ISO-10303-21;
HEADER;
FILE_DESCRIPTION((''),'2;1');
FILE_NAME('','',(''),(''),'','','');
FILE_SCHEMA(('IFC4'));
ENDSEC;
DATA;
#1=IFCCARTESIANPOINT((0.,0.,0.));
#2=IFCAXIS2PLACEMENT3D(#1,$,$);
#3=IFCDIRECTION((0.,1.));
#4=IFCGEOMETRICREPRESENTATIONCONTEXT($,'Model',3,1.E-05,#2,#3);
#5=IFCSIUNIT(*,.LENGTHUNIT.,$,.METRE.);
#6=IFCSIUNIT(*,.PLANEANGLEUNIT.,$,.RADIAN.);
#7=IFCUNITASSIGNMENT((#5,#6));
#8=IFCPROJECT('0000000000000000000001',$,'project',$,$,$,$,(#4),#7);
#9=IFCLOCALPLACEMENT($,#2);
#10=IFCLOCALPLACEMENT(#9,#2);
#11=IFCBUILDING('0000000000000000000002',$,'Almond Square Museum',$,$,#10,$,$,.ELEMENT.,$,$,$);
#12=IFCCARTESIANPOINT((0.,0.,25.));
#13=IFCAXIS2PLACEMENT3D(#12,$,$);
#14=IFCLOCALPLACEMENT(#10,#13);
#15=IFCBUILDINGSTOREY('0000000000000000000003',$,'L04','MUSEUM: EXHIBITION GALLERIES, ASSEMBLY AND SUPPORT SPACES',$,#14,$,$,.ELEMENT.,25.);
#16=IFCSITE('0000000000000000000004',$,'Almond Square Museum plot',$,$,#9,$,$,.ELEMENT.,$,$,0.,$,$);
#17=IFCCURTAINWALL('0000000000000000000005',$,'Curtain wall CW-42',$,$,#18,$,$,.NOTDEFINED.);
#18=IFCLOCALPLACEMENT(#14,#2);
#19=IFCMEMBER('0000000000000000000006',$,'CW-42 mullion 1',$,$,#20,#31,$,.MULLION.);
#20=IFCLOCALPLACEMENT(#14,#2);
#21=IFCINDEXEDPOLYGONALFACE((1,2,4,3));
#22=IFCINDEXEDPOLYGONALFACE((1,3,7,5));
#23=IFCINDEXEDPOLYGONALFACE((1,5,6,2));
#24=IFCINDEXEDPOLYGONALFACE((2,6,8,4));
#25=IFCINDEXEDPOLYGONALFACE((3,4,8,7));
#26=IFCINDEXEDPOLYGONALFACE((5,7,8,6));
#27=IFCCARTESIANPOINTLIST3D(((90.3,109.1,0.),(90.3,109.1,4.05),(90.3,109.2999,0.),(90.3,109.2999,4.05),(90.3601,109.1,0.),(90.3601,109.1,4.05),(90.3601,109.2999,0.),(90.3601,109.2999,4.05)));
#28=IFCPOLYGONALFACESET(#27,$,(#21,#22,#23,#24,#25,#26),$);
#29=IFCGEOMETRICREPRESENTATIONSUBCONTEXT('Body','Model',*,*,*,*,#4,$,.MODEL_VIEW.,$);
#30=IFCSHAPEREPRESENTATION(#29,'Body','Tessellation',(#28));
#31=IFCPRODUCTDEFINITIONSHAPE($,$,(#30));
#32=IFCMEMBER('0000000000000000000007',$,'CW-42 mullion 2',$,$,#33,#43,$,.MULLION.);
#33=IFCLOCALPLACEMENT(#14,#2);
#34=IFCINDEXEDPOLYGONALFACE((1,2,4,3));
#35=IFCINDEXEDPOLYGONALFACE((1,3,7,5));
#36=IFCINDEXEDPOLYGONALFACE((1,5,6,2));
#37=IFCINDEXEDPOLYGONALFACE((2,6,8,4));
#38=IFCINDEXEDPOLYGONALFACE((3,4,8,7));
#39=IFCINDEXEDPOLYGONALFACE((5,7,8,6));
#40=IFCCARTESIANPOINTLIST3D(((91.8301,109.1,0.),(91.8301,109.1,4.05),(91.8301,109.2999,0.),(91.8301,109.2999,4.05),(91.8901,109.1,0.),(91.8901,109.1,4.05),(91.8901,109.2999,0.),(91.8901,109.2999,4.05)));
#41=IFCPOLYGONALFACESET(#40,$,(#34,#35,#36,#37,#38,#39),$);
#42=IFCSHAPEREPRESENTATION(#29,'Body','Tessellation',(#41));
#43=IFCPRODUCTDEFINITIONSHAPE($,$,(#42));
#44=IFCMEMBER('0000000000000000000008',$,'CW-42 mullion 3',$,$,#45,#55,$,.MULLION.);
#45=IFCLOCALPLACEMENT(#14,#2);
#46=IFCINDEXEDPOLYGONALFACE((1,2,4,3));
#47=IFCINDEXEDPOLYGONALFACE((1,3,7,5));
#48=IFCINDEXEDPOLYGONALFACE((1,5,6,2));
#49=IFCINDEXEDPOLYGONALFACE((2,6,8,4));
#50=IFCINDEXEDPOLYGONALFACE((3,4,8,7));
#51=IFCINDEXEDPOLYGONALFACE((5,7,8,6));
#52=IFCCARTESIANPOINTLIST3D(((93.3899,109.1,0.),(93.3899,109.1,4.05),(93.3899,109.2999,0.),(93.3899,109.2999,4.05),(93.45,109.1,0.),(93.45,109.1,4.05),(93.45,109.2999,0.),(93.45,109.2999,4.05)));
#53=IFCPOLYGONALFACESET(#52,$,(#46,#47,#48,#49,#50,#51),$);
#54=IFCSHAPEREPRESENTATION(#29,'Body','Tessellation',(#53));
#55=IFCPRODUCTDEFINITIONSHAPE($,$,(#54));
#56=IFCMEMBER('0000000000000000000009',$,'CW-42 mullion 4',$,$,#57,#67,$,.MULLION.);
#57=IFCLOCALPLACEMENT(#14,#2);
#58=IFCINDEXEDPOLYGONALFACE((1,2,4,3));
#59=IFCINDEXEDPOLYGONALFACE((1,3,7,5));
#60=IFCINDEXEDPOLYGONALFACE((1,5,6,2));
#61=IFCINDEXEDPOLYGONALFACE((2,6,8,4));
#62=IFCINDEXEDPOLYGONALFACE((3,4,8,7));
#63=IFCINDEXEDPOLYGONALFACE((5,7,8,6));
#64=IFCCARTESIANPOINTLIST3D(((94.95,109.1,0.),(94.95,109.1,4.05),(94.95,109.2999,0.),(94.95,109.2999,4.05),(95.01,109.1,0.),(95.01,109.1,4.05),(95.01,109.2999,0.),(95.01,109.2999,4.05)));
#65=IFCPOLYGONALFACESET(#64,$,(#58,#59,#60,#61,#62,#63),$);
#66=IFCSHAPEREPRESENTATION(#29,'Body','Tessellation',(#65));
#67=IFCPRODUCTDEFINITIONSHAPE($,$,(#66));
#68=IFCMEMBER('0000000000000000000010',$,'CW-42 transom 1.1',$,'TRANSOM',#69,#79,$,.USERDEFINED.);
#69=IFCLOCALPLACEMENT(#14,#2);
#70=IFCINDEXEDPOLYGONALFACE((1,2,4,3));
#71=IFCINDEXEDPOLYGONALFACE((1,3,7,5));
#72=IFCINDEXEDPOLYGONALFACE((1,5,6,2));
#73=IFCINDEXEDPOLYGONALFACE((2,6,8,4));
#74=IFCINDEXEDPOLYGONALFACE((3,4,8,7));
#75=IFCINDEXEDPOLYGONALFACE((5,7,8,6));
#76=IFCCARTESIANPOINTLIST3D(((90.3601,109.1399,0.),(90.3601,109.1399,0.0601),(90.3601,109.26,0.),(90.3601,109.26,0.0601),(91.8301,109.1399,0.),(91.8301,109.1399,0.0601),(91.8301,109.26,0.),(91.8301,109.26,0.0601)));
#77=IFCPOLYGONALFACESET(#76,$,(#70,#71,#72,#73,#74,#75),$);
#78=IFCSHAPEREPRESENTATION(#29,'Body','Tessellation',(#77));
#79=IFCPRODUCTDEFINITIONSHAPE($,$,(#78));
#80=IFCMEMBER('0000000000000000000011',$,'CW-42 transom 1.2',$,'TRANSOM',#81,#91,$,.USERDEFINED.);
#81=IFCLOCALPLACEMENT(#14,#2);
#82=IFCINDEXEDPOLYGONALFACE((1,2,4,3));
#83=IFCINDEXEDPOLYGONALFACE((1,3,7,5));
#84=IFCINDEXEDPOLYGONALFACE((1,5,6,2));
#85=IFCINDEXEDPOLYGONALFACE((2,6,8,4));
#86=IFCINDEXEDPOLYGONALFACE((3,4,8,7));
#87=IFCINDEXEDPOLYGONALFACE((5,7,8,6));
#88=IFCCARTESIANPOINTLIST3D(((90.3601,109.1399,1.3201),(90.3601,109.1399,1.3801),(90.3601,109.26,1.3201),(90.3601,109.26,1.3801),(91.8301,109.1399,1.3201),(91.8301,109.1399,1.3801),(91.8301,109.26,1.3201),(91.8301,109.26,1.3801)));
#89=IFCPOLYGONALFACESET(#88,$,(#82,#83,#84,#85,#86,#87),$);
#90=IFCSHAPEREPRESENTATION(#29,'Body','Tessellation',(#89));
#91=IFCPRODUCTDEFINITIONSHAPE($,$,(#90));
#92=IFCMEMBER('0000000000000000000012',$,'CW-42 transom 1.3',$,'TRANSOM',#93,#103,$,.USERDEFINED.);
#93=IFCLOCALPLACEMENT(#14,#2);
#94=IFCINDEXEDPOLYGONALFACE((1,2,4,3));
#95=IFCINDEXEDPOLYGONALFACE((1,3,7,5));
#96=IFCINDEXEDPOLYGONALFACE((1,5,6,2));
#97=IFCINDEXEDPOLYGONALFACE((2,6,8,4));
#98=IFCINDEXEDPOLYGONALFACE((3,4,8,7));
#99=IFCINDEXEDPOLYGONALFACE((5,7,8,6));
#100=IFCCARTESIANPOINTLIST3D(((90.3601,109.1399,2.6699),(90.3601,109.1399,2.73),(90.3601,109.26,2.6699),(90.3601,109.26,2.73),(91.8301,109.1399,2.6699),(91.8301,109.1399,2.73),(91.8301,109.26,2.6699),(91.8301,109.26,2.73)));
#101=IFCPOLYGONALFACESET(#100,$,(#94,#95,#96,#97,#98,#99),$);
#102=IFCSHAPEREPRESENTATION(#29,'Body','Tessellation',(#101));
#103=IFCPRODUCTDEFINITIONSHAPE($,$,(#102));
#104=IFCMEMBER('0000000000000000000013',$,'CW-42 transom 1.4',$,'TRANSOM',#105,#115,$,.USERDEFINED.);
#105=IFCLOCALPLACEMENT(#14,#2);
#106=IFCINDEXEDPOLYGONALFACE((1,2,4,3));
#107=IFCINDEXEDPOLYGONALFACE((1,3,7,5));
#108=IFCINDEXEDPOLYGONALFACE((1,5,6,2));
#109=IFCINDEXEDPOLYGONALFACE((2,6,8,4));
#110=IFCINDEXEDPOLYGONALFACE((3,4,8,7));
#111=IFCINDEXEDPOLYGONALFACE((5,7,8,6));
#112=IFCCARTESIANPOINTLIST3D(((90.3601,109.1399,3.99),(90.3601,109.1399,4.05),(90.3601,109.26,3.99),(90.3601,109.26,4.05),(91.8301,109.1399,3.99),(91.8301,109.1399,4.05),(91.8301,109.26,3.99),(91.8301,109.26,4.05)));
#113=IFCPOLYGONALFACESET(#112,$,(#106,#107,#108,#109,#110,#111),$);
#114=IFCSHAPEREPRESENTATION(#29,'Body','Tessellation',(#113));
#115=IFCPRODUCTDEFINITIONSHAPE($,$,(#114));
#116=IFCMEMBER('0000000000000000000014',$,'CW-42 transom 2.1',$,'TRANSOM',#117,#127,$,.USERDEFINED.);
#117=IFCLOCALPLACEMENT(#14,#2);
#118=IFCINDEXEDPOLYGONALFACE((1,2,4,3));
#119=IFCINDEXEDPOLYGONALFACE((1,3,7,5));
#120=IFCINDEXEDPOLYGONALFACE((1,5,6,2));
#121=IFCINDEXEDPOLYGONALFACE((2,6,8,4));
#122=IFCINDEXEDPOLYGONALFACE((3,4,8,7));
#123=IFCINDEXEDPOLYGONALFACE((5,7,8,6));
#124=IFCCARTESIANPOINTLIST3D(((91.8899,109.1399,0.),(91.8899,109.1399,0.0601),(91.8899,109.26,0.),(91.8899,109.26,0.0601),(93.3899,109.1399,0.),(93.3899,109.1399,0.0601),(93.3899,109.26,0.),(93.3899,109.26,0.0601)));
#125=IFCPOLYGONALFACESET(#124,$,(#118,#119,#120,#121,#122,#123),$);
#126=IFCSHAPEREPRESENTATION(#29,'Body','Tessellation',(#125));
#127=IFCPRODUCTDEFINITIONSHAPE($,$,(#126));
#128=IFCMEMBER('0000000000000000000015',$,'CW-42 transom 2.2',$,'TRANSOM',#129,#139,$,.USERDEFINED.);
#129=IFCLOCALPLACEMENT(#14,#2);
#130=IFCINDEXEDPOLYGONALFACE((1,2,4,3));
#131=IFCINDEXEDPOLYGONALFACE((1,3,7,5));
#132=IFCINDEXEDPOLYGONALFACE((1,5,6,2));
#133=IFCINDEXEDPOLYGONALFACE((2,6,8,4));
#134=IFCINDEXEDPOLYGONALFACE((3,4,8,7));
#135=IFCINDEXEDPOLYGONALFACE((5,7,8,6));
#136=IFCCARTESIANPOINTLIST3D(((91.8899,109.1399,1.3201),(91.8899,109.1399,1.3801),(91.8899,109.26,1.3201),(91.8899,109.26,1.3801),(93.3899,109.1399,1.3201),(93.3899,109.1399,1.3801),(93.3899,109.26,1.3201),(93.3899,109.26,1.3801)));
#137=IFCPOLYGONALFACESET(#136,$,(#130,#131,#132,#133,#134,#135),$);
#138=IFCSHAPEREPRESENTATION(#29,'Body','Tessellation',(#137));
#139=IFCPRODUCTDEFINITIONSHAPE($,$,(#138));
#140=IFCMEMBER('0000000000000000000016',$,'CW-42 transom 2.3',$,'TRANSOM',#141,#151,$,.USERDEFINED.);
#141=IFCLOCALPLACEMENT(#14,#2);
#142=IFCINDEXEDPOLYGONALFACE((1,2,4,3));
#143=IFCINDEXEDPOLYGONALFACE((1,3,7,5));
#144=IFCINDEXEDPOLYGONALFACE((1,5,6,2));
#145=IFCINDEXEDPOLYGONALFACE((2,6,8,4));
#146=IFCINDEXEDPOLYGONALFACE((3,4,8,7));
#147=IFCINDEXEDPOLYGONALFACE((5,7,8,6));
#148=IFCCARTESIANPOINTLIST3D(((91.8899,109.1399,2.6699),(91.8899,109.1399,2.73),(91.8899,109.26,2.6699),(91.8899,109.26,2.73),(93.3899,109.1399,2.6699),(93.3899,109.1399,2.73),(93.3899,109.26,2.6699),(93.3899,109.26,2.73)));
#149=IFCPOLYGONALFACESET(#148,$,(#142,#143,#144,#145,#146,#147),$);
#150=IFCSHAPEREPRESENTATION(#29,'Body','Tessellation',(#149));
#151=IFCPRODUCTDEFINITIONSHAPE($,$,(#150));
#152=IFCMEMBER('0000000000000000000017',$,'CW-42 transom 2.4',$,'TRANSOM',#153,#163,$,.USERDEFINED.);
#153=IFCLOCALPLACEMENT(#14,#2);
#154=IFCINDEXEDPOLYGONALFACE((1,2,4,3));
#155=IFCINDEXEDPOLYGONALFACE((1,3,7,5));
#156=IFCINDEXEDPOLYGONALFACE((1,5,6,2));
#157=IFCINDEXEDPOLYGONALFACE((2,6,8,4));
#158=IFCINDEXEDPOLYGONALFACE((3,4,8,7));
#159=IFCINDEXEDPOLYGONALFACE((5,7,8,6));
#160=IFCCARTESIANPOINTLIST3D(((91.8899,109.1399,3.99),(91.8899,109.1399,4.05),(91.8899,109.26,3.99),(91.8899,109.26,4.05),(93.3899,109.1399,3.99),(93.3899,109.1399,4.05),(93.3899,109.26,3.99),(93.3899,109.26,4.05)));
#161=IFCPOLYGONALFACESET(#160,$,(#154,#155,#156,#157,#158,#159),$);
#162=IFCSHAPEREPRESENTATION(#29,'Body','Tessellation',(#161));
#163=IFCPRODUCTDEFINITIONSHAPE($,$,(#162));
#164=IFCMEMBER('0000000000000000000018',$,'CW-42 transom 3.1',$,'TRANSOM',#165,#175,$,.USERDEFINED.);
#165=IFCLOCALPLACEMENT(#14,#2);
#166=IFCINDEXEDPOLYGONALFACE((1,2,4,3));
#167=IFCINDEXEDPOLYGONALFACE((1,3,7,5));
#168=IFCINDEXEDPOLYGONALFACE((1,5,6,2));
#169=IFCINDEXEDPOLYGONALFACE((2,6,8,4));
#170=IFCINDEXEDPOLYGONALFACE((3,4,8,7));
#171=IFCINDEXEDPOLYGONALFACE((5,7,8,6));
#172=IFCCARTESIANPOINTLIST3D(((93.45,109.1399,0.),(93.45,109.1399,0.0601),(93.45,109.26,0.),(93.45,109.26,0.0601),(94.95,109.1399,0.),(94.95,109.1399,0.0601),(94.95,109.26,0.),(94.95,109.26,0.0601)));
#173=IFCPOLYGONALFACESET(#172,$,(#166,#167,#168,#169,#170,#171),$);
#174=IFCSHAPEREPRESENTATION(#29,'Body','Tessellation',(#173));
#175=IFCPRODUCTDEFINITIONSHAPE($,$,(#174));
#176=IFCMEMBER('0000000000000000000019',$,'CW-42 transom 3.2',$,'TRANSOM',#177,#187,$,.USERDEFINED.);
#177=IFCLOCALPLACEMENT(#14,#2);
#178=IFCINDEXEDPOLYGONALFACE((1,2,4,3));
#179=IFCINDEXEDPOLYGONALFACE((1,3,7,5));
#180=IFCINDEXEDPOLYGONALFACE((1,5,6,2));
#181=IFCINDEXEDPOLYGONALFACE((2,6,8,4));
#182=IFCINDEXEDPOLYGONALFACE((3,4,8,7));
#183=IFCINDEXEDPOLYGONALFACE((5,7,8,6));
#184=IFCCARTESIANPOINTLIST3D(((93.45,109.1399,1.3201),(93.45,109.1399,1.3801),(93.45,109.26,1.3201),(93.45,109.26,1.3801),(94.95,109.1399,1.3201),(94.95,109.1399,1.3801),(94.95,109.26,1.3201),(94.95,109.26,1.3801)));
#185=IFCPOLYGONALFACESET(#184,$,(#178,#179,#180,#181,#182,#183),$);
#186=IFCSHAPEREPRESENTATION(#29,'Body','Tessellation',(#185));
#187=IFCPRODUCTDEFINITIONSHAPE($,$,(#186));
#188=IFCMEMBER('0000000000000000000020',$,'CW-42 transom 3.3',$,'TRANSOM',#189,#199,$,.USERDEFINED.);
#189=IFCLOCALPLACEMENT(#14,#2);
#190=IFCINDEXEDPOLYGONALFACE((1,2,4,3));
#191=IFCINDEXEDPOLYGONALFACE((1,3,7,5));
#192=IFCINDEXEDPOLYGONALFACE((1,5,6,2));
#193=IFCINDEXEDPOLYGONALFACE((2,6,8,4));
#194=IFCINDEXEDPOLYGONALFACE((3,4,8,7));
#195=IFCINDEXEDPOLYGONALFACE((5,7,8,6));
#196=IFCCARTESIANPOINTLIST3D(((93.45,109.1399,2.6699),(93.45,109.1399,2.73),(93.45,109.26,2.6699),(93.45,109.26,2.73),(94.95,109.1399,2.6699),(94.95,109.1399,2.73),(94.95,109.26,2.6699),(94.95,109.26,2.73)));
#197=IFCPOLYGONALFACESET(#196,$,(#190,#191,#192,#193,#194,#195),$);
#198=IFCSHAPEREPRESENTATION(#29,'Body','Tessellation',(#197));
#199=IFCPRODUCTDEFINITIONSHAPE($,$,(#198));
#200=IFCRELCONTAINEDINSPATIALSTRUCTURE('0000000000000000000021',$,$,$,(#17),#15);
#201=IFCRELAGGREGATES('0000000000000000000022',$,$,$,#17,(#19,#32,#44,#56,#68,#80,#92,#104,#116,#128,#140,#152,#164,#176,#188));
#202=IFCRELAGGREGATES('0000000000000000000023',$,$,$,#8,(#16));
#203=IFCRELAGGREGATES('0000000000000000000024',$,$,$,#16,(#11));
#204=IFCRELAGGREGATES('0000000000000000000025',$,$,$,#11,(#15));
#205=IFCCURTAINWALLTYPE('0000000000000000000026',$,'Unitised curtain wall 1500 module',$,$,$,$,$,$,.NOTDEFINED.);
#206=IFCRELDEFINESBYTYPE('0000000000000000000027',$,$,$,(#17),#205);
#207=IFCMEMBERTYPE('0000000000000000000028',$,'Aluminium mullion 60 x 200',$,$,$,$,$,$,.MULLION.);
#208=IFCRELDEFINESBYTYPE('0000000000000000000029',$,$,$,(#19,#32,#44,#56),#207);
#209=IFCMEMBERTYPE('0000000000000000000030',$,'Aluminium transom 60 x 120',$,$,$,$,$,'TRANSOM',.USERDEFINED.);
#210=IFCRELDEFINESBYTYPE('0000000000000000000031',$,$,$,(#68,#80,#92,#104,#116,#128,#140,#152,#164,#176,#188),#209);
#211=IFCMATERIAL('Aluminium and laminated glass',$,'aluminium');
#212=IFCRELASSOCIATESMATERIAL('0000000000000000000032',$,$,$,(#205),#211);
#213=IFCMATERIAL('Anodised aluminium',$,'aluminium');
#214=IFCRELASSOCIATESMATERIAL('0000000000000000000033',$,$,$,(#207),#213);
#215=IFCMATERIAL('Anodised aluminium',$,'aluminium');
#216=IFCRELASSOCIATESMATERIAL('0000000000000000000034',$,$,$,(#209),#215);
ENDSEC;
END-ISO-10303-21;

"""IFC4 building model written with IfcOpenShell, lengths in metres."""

from ifc_helpers import new_model, si_unit, direction, frame, origin, origin_2d, place, context, subcontext, project, spatial, rectangle, extrude, material, material_profile, profile_set, type_object, element, aggregate, save


model = new_model("IFC4")

# Units and contexts
model_context = context("Model", 3, precision=1e-05, world=origin(), true_north=direction((0.0, 1.0)))
body_context = subcontext(model_context, "Body", "Model", "MODEL_VIEW")
ifc_project = project(units=[si_unit("LENGTHUNIT", "METRE"), si_unit("PLANEANGLEUNIT", "RADIAN")], contexts=[model_context])

# Site, building, storey
site_placement = place(None, origin())
site = spatial("IfcSite", under=ifc_project, at=site_placement, Name="Almond Square Museum plot", CompositionType="ELEMENT", RefElevation=0.0)
building_placement = place(site_placement, origin())
building = spatial("IfcBuilding", under=site, at=building_placement, Name="Almond Square Museum", CompositionType="ELEMENT")
storey_placement = place(building_placement, frame((0.0, 0.0, 25.0)))
storey = spatial("IfcBuildingStorey", under=building, at=storey_placement, Name="L04", Description="MUSEUM: EXHIBITION GALLERIES, ASSEMBLY AND SUPPORT SPACES", CompositionType="ELEMENT", Elevation=25.0)

# Curtain wall, members
ifc_material_1 = material(Name="Aluminium and laminated glass", Category="aluminium")
curtain_wall_type = type_object("IfcCurtainWallType", Name="Unitised curtain wall 1500 module", PredefinedType="NOTDEFINED", material=ifc_material_1)
curtain_wall_placement = place(storey_placement, origin())
curtain_wall = element("IfcCurtainWall", 1, at=curtain_wall_placement, inside=storey, type_object=curtain_wall_type, Name="Curtain wall CW-42", PredefinedType="NOTDEFINED")
ifc_material_2 = material(Name="Anodised aluminium", Category="aluminium")
ifc_material_profile_1 = material_profile(ifc_material_2, rectangle(XDim=0.2, YDim=0.0601, at=origin_2d()))
ifc_profile_set_1 = profile_set([ifc_material_profile_1], Name="Anodised aluminium")
member_type_1 = type_object("IfcMemberType", Name="Aluminium mullion 60 x 200", PredefinedType="MULLION", material=ifc_profile_set_1)
member_1_placement = place(storey_placement, frame((90.3301, 109.2, 0.0), z_axis=(0.0, 0.0, 1.0), x_axis=(0.0, 1.0, 0.0)))
member_1 = element("IfcMember", 2, at=member_1_placement, type_object=member_type_1, Name="CW-42 mullion 1", PredefinedType="MULLION", context=body_context, shape_type="SweptSolid", body=[
    extrude(rectangle(XDim=0.2, YDim=0.0601, at=origin_2d()), origin(), (0.0, 0.0, 1.0), 4.05),
])
member_2_placement = place(storey_placement, frame((91.8601, 109.2, 0.0), z_axis=(0.0, 0.0, 1.0), x_axis=(0.0, 1.0, 0.0)))
member_2 = element("IfcMember", 3, at=member_2_placement, type_object=member_type_1, Name="CW-42 mullion 2", PredefinedType="MULLION", context=body_context, shape_type="SweptSolid", body=[
    extrude(rectangle(XDim=0.2, YDim=0.0601, at=origin_2d()), origin(), (0.0, 0.0, 1.0), 4.05),
])
member_3_placement = place(storey_placement, frame((93.4199, 109.2, 0.0), z_axis=(0.0, 0.0, 1.0), x_axis=(0.0, 1.0, 0.0)))
member_3 = element("IfcMember", 4, at=member_3_placement, type_object=member_type_1, Name="CW-42 mullion 3", PredefinedType="MULLION", context=body_context, shape_type="SweptSolid", body=[
    extrude(rectangle(XDim=0.2, YDim=0.0601, at=origin_2d()), origin(), (0.0, 0.0, 1.0), 4.05),
])
member_4_placement = place(storey_placement, frame((94.98, 109.2, 0.0), z_axis=(0.0, 0.0, 1.0), x_axis=(0.0, 1.0, 0.0)))
member_4 = element("IfcMember", 5, at=member_4_placement, type_object=member_type_1, Name="CW-42 mullion 4", PredefinedType="MULLION", context=body_context, shape_type="SweptSolid", body=[
    extrude(rectangle(XDim=0.2, YDim=0.0601, at=origin_2d()), origin(), (0.0, 0.0, 1.0), 4.05),
])
ifc_material_3 = material(Name="Anodised aluminium", Category="aluminium")
ifc_material_profile_2 = material_profile(ifc_material_3, rectangle(XDim=0.1201, YDim=0.0601, at=origin_2d()))
ifc_profile_set_2 = profile_set([ifc_material_profile_2], Name="Anodised aluminium")
member_type_2 = type_object("IfcMemberType", Name="Aluminium transom 60 x 120", ElementType="TRANSOM", PredefinedType="USERDEFINED", material=ifc_profile_set_2)
member_5_placement = place(storey_placement, frame((90.3601, 109.2, 0.03), z_axis=(1.0, 0.0, 0.0), x_axis=(0.0, 1.0, 0.0)))
member_5 = element("IfcMember", 6, at=member_5_placement, type_object=member_type_2, Name="CW-42 transom 1.1", ObjectType="TRANSOM", PredefinedType="USERDEFINED", context=body_context, shape_type="SweptSolid", body=[
    extrude(rectangle(XDim=0.1201, YDim=0.0601, at=origin_2d()), origin(), (0.0, 0.0, 1.0), 1.47),
])
member_6_placement = place(storey_placement, frame((90.3601, 109.2, 1.3501), z_axis=(1.0, 0.0, 0.0), x_axis=(0.0, 1.0, 0.0)))
member_6 = element("IfcMember", 7, at=member_6_placement, type_object=member_type_2, Name="CW-42 transom 1.2", ObjectType="TRANSOM", PredefinedType="USERDEFINED", context=body_context, shape_type="SweptSolid", body=[
    extrude(rectangle(XDim=0.1201, YDim=0.0601, at=origin_2d()), origin(), (0.0, 0.0, 1.0), 1.47),
])
member_7_placement = place(storey_placement, frame((90.3601, 109.2, 2.7), z_axis=(1.0, 0.0, 0.0), x_axis=(0.0, 1.0, 0.0)))
member_7 = element("IfcMember", 8, at=member_7_placement, type_object=member_type_2, Name="CW-42 transom 1.3", ObjectType="TRANSOM", PredefinedType="USERDEFINED", context=body_context, shape_type="SweptSolid", body=[
    extrude(rectangle(XDim=0.1201, YDim=0.0601, at=origin_2d()), origin(), (0.0, 0.0, 1.0), 1.47),
])
member_8_placement = place(storey_placement, frame((90.3601, 109.2, 4.02), z_axis=(1.0, 0.0, 0.0), x_axis=(0.0, 1.0, 0.0)))
member_8 = element("IfcMember", 9, at=member_8_placement, type_object=member_type_2, Name="CW-42 transom 1.4", ObjectType="TRANSOM", PredefinedType="USERDEFINED", context=body_context, shape_type="SweptSolid", body=[
    extrude(rectangle(XDim=0.1201, YDim=0.0601, at=origin_2d()), origin(), (0.0, 0.0, 1.0), 1.47),
])
member_9_placement = place(storey_placement, frame((91.8899, 109.2, 0.03), z_axis=(1.0, 0.0, 0.0), x_axis=(0.0, 1.0, 0.0)))
member_9 = element("IfcMember", 10, at=member_9_placement, type_object=member_type_2, Name="CW-42 transom 2.1", ObjectType="TRANSOM", PredefinedType="USERDEFINED", context=body_context, shape_type="SweptSolid", body=[
    extrude(rectangle(XDim=0.1201, YDim=0.0601, at=origin_2d()), origin(), (0.0, 0.0, 1.0), 1.5),
])
member_10_placement = place(storey_placement, frame((91.8899, 109.2, 1.3501), z_axis=(1.0, 0.0, 0.0), x_axis=(0.0, 1.0, 0.0)))
member_10 = element("IfcMember", 11, at=member_10_placement, type_object=member_type_2, Name="CW-42 transom 2.2", ObjectType="TRANSOM", PredefinedType="USERDEFINED", context=body_context, shape_type="SweptSolid", body=[
    extrude(rectangle(XDim=0.1201, YDim=0.0601, at=origin_2d()), origin(), (0.0, 0.0, 1.0), 1.5),
])
member_11_placement = place(storey_placement, frame((91.8899, 109.2, 2.7), z_axis=(1.0, 0.0, 0.0), x_axis=(0.0, 1.0, 0.0)))
member_11 = element("IfcMember", 12, at=member_11_placement, type_object=member_type_2, Name="CW-42 transom 2.3", ObjectType="TRANSOM", PredefinedType="USERDEFINED", context=body_context, shape_type="SweptSolid", body=[
    extrude(rectangle(XDim=0.1201, YDim=0.0601, at=origin_2d()), origin(), (0.0, 0.0, 1.0), 1.5),
])
member_12_placement = place(storey_placement, frame((91.8899, 109.2, 4.02), z_axis=(1.0, 0.0, 0.0), x_axis=(0.0, 1.0, 0.0)))
member_12 = element("IfcMember", 13, at=member_12_placement, type_object=member_type_2, Name="CW-42 transom 2.4", ObjectType="TRANSOM", PredefinedType="USERDEFINED", context=body_context, shape_type="SweptSolid", body=[
    extrude(rectangle(XDim=0.1201, YDim=0.0601, at=origin_2d()), origin(), (0.0, 0.0, 1.0), 1.5),
])
member_13_placement = place(storey_placement, frame((93.45, 109.2, 0.03), z_axis=(1.0, 0.0, 0.0), x_axis=(0.0, 1.0, 0.0)))
member_13 = element("IfcMember", 14, at=member_13_placement, type_object=member_type_2, Name="CW-42 transom 3.1", ObjectType="TRANSOM", PredefinedType="USERDEFINED", context=body_context, shape_type="SweptSolid", body=[
    extrude(rectangle(XDim=0.1201, YDim=0.0601, at=origin_2d()), origin(), (0.0, 0.0, 1.0), 1.5),
])
member_14_placement = place(storey_placement, frame((93.45, 109.2, 1.3501), z_axis=(1.0, 0.0, 0.0), x_axis=(0.0, 1.0, 0.0)))
member_14 = element("IfcMember", 15, at=member_14_placement, type_object=member_type_2, Name="CW-42 transom 3.2", ObjectType="TRANSOM", PredefinedType="USERDEFINED", context=body_context, shape_type="SweptSolid", body=[
    extrude(rectangle(XDim=0.1201, YDim=0.0601, at=origin_2d()), origin(), (0.0, 0.0, 1.0), 1.5),
])
member_15_placement = place(storey_placement, frame((93.45, 109.2, 2.7), z_axis=(1.0, 0.0, 0.0), x_axis=(0.0, 1.0, 0.0)))
member_15 = element("IfcMember", 16, at=member_15_placement, type_object=member_type_2, Name="CW-42 transom 3.3", ObjectType="TRANSOM", PredefinedType="USERDEFINED", context=body_context, shape_type="SweptSolid", body=[
    extrude(rectangle(XDim=0.1201, YDim=0.0601, at=origin_2d()), origin(), (0.0, 0.0, 1.0), 1.5),
])

aggregate(curtain_wall, [member_1, member_2, member_3, member_4, member_5, member_6, member_7, member_8, member_9, member_10, member_11, member_12, member_13, member_14, member_15])

save(model, "model.ifc")
